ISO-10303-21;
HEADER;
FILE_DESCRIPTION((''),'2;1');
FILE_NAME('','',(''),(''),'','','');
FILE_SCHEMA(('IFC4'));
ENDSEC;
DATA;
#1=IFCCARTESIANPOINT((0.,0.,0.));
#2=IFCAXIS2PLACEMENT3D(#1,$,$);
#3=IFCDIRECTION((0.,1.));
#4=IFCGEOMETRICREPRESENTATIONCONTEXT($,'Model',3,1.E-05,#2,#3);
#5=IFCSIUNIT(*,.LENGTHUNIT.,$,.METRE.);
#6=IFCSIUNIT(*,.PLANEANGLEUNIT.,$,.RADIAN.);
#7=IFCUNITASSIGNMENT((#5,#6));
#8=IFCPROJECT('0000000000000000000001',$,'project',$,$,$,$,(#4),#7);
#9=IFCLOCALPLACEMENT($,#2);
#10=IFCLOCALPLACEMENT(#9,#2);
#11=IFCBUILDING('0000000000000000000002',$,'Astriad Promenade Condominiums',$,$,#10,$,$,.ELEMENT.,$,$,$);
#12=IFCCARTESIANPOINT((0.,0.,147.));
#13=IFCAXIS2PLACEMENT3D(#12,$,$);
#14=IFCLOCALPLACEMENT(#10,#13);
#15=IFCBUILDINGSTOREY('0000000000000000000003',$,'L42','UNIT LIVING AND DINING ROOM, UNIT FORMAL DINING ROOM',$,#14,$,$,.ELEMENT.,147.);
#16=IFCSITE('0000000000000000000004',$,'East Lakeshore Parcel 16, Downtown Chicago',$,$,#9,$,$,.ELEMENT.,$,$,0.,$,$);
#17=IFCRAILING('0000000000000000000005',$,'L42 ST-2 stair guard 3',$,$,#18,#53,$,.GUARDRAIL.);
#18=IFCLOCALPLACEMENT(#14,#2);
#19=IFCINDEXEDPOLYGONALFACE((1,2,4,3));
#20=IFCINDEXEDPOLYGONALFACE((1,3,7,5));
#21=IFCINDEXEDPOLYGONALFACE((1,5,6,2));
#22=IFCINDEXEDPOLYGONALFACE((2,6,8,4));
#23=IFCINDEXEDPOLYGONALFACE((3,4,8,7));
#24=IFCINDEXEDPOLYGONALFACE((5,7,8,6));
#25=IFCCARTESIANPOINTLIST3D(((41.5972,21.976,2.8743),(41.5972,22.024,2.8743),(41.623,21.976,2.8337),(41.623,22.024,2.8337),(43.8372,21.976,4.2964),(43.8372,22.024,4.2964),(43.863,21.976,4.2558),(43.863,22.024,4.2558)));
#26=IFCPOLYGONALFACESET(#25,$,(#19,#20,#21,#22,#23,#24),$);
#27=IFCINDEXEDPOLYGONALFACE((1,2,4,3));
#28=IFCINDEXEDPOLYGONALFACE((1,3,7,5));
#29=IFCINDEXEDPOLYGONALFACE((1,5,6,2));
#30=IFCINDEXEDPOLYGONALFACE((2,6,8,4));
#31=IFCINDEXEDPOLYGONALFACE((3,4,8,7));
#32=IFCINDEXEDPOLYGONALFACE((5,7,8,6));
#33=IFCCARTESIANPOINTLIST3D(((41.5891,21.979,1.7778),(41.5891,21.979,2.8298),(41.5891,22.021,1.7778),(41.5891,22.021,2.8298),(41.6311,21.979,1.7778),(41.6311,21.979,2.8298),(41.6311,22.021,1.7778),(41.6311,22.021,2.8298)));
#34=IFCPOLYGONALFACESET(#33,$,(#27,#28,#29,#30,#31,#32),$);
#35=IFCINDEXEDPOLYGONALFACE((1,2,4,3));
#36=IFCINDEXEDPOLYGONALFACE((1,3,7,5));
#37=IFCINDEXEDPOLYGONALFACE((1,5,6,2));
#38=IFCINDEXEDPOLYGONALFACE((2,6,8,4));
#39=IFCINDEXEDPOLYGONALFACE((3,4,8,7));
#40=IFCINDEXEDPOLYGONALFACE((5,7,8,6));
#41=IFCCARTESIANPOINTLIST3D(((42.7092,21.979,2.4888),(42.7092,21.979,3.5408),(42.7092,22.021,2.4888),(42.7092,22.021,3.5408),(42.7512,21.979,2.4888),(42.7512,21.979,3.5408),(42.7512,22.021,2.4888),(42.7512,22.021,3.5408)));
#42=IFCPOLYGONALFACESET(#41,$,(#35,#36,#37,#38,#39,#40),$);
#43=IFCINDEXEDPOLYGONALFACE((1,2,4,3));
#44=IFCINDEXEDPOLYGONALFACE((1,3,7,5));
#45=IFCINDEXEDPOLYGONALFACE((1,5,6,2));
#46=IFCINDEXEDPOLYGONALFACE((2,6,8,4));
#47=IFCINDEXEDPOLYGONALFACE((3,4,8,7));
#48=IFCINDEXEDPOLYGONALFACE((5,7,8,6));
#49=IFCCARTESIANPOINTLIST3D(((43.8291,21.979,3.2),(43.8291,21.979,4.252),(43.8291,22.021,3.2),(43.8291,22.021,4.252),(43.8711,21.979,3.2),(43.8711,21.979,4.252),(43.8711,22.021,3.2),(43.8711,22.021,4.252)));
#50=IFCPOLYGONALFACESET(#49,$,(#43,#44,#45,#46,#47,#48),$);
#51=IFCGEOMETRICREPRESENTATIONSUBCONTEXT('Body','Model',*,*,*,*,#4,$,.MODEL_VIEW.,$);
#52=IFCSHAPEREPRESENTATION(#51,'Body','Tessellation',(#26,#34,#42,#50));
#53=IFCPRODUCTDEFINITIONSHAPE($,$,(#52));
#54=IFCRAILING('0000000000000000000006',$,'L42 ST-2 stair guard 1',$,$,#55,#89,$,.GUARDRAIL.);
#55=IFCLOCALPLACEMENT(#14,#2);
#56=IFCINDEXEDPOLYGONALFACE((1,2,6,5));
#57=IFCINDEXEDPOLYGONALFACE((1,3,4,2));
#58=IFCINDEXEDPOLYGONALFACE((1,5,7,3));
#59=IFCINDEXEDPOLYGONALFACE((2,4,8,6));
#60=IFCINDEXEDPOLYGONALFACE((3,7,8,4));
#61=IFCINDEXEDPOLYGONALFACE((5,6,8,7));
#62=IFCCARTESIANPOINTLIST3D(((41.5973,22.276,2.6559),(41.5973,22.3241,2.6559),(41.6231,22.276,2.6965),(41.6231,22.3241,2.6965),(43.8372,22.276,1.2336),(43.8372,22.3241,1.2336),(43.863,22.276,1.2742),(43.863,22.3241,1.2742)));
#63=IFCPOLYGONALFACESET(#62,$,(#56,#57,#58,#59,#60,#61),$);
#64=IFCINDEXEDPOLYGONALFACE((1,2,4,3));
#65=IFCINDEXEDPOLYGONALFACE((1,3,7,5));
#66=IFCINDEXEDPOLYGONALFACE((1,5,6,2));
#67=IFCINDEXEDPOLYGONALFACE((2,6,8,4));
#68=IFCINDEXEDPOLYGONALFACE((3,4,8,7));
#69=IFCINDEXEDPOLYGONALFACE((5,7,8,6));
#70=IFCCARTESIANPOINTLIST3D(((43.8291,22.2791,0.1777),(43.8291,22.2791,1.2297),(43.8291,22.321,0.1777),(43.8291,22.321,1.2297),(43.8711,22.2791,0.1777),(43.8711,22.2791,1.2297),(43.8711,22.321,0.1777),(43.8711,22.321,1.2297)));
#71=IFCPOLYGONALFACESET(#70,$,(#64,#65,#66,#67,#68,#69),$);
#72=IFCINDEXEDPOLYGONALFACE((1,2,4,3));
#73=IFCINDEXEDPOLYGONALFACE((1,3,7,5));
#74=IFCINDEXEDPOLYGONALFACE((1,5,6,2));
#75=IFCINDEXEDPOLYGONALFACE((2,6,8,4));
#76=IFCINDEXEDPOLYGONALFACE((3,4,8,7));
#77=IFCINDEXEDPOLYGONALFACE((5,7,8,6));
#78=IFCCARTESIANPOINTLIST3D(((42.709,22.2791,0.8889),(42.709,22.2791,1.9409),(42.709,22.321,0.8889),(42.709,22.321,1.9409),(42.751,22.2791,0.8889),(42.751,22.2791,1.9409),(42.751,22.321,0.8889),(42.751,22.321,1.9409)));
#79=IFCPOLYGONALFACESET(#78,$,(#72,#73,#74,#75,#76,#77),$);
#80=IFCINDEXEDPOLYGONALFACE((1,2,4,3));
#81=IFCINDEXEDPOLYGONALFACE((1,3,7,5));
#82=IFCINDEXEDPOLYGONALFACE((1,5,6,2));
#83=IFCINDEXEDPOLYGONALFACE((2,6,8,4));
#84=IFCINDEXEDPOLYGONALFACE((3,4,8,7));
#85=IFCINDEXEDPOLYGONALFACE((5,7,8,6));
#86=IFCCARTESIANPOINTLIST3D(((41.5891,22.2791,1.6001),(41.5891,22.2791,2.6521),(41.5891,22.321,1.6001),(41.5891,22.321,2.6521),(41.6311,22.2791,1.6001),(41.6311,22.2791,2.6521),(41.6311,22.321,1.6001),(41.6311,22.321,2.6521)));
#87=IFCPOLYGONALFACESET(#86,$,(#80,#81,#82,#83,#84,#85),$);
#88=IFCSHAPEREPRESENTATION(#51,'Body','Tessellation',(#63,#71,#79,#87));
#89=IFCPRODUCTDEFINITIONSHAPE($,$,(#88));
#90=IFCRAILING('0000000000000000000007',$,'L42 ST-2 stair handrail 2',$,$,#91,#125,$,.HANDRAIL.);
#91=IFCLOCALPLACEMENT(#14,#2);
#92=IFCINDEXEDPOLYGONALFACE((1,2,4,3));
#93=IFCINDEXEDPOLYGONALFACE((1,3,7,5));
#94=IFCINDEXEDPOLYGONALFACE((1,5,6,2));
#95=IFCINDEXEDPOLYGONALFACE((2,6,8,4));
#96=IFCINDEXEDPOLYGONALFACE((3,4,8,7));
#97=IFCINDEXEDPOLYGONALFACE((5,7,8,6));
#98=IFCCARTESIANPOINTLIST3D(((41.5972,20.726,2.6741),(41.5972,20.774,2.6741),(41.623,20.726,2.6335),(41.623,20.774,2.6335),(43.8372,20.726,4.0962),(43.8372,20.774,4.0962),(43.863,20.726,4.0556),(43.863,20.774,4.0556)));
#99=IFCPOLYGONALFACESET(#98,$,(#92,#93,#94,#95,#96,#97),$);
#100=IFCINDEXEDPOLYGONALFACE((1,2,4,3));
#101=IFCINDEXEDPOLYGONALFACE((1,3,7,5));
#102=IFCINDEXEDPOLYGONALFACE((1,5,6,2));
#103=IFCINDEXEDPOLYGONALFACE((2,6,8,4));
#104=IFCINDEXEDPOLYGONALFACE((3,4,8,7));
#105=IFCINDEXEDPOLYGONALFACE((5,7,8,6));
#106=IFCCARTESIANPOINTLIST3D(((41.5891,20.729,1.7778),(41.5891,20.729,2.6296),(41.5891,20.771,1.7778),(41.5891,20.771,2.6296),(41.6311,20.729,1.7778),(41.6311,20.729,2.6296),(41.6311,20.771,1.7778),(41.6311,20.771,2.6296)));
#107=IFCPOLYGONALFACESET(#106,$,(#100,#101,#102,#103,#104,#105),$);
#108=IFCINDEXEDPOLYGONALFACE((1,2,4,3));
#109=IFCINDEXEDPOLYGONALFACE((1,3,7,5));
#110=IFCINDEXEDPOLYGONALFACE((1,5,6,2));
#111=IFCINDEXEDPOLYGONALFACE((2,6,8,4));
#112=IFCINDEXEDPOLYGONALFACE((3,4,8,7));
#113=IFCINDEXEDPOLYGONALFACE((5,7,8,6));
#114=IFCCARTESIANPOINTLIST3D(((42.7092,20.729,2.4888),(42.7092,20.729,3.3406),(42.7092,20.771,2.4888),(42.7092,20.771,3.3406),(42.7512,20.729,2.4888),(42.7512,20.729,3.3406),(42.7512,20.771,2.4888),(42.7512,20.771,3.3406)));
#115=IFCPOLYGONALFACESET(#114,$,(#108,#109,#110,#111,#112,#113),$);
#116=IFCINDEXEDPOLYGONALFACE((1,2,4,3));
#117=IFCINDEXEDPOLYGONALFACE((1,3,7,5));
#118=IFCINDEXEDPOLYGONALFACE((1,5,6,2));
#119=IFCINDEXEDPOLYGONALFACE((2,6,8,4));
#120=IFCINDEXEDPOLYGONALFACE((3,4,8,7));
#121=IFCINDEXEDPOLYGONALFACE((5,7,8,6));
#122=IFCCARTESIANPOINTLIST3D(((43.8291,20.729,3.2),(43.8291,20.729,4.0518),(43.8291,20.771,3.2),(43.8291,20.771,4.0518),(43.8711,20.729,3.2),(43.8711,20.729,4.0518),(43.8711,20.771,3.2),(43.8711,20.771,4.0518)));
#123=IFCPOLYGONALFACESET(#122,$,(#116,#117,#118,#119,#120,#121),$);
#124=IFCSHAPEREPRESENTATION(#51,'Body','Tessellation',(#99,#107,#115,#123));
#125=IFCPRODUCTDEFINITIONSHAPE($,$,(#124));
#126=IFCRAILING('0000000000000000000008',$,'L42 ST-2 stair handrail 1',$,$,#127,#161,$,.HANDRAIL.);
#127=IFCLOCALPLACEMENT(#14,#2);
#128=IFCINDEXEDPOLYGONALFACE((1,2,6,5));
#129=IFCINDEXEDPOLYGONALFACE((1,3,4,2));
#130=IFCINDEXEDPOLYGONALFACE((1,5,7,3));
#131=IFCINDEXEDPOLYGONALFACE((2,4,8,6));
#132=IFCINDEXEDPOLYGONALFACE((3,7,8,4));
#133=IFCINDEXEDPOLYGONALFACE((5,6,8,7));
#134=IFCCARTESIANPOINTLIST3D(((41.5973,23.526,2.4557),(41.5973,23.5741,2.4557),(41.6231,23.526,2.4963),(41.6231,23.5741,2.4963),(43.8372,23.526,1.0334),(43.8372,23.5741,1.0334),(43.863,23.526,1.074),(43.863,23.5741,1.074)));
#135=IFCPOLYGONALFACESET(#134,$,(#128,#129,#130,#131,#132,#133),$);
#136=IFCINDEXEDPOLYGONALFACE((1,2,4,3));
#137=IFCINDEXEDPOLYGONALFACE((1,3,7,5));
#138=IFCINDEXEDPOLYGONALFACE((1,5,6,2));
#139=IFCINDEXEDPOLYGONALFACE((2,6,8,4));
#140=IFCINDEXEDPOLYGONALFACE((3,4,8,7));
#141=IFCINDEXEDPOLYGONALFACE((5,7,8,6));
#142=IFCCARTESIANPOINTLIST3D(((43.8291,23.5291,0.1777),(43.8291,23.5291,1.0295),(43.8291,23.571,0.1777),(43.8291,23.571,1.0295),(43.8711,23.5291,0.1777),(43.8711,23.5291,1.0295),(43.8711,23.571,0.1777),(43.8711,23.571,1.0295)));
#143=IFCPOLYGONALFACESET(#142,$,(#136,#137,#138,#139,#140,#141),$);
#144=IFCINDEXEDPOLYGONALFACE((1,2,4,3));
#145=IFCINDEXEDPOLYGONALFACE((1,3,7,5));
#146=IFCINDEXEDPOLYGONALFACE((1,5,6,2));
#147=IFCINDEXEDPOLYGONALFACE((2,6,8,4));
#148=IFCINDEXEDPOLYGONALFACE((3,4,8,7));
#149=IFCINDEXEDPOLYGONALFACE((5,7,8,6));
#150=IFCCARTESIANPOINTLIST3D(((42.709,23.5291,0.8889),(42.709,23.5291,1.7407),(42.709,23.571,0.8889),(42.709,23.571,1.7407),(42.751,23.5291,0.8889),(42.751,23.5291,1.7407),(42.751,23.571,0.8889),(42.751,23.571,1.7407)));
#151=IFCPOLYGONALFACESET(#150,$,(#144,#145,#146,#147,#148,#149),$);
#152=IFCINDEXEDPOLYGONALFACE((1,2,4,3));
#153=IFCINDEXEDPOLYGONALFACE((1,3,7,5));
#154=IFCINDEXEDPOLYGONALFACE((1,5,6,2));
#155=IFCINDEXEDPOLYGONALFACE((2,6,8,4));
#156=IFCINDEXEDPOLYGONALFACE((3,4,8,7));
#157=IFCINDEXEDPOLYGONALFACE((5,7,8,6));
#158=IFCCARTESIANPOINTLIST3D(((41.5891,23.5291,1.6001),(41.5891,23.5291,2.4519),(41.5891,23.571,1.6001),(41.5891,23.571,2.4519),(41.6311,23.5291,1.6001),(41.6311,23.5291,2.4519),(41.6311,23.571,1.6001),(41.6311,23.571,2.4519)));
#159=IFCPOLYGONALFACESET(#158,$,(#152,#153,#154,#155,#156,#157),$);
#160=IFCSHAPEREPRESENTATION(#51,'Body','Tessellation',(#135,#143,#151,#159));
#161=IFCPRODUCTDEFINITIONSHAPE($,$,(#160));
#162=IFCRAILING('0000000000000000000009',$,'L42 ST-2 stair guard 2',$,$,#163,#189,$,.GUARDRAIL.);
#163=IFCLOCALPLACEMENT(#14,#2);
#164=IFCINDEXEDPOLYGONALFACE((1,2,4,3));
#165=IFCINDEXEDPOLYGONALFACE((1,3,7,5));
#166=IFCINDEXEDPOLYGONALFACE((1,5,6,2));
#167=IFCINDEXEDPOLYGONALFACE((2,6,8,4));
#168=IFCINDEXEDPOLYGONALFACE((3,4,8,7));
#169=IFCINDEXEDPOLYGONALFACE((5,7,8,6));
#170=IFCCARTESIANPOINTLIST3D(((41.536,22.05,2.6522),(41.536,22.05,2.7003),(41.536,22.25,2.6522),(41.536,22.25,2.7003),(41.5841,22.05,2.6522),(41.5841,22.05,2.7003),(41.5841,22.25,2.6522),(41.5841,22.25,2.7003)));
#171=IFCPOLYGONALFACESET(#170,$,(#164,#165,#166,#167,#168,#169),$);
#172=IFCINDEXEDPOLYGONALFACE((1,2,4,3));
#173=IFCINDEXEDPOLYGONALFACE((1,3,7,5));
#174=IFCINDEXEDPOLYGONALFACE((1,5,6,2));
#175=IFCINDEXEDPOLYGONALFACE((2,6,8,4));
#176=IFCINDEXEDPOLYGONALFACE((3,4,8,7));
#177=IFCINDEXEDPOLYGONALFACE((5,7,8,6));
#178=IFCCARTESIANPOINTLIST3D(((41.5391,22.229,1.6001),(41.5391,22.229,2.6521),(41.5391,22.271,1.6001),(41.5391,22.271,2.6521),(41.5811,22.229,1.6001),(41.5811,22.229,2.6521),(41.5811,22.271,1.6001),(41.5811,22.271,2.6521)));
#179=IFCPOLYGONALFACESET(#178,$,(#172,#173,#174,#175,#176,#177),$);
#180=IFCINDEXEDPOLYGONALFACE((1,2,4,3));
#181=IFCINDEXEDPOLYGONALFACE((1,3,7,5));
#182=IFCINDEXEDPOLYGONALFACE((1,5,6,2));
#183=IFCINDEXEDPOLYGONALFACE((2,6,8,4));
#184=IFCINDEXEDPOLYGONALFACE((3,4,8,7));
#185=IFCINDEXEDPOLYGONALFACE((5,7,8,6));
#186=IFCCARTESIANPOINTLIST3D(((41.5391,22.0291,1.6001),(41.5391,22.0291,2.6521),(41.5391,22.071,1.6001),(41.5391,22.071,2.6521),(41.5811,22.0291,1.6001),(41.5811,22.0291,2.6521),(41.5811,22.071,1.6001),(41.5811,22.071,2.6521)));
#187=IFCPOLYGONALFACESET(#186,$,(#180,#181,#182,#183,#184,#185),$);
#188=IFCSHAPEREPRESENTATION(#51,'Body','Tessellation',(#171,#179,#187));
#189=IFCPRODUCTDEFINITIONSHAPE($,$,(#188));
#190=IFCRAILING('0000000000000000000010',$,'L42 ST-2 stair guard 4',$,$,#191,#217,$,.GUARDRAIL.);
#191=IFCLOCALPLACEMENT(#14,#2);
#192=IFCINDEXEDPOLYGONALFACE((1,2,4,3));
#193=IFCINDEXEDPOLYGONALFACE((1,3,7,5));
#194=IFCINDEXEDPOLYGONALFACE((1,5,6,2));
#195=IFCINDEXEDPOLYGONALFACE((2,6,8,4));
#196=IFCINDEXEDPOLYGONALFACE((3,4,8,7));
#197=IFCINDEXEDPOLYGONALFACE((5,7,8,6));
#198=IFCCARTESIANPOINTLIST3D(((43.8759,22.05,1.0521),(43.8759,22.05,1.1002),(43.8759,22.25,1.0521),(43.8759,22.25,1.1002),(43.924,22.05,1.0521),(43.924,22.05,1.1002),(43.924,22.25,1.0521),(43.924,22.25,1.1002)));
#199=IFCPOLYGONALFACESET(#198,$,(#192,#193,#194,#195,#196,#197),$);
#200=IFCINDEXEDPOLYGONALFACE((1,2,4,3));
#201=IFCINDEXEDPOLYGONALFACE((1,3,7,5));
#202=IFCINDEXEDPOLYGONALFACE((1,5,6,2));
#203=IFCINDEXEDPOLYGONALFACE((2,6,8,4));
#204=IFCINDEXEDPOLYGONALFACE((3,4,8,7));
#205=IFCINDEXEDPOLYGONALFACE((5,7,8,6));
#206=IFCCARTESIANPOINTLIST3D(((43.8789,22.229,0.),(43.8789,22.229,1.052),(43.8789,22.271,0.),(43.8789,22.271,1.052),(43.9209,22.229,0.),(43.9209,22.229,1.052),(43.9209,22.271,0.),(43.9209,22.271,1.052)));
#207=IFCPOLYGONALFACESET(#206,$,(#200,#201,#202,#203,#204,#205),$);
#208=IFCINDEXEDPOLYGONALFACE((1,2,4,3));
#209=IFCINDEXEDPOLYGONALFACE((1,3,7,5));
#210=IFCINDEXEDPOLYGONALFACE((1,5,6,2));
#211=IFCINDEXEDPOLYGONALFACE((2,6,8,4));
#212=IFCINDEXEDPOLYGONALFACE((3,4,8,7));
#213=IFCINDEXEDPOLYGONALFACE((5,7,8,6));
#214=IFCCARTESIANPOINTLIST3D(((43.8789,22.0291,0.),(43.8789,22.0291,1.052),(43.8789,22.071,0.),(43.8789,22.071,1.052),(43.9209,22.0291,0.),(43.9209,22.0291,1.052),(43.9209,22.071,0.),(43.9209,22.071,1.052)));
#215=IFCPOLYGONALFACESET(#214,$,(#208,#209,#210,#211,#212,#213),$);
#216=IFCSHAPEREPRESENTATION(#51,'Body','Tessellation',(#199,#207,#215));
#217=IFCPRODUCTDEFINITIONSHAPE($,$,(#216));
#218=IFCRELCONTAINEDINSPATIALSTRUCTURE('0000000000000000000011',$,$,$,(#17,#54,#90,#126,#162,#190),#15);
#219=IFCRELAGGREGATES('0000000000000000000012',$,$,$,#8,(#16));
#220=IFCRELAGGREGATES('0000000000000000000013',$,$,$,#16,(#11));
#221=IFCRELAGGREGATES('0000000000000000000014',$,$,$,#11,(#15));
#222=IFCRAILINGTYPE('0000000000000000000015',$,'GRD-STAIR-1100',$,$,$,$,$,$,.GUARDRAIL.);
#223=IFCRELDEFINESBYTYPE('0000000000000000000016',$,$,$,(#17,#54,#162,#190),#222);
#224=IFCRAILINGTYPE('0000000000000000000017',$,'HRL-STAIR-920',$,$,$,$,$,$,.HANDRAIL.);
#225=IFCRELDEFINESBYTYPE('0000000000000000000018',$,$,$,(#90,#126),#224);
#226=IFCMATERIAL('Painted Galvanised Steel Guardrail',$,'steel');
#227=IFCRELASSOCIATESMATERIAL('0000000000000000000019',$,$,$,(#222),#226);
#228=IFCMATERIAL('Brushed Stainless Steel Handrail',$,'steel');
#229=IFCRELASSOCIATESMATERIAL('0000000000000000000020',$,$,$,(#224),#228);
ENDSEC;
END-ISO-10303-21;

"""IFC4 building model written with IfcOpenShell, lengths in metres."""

from ifc_helpers import new_model, si_unit, direction, frame, origin, origin_2d, place, context, subcontext, project, spatial, rectangle, extrude, source, transform, mapped, material, type_object, type_shapes, element, save


model = new_model("IFC4")

# Units and contexts
model_context = context("Model", 3, precision=1e-05, world=origin(), true_north=direction((0.0, 1.0)))
body_context = subcontext(model_context, "Body", "Model", "MODEL_VIEW")
ifc_project = project(units=[si_unit("LENGTHUNIT", "METRE"), si_unit("PLANEANGLEUNIT", "RADIAN")], contexts=[model_context])

# Site, building, storey
site_placement = place(None, origin())
site = spatial("IfcSite", under=ifc_project, at=site_placement, Name="East Lakeshore Parcel 16, Downtown Chicago", CompositionType="ELEMENT", RefElevation=0.0)
building_placement = place(site_placement, origin())
building = spatial("IfcBuilding", under=site, at=building_placement, Name="Astriad Promenade Condominiums", CompositionType="ELEMENT")
storey_placement = place(building_placement, frame((0.0, 0.0, 147.0)))
storey = spatial("IfcBuildingStorey", under=building, at=storey_placement, Name="L42", Description="UNIT LIVING AND DINING ROOM, UNIT FORMAL DINING ROOM", CompositionType="ELEMENT", Elevation=147.0)

# Railings
ifc_material_1 = material(Name="Painted Galvanised Steel Guardrail", Category="steel")
railing_type_1 = type_object("IfcRailingType", Name="GRD-STAIR-1100", PredefinedType="GUARDRAIL", material=ifc_material_1)
shared_shape_1 = source(origin(), body_context, "Body", "SweptSolid", [
    extrude(rectangle(XDim=0.0481, YDim=0.0481, at=origin_2d()), frame((0.0, 0.0, 1.0762), z_axis=(0.844229, 0.0, 0.535982), x_axis=(0.0, 1.0, 0.0)), (0.0, 0.0, 1.0), 2.6533),
    extrude(rectangle(XDim=0.042, YDim=0.042, at=origin_2d()), origin(), (0.0, 0.0, 1.0), 1.052),
    extrude(rectangle(XDim=0.042, YDim=0.042, at=origin_2d()), frame((1.1201, 0.0, 0.7109)), (0.0, 0.0, 1.0), 1.052),
    extrude(rectangle(XDim=0.042, YDim=0.042, at=origin_2d()), frame((2.24, 0.0, 1.4221)), (0.0, 0.0, 1.0), 1.052),
])
railing_1_placement = place(storey_placement, frame((41.6101, 22.0, 1.7778)))
element("IfcRailing", 1, at=railing_1_placement, inside=storey, type_object=railing_type_1, Name="L42 ST-2 stair guard 3", PredefinedType="GUARDRAIL", context=body_context, shape_type="MappedRepresentation", body=[
    mapped(shared_shape_1, transform((0.0, 0.0, 0.0), scale=1.0)),
])
shared_shape_2 = source(origin(), body_context, "Body", "SweptSolid", [
    extrude(rectangle(XDim=0.0481, YDim=0.0481, at=origin_2d()), frame((0.0, 0.0, 1.0762), z_axis=(-0.844188, 0.0, 0.536048), x_axis=(0.0, -1.0, 0.0)), (0.0, 0.0, 1.0), 2.6533),
    extrude(rectangle(XDim=0.042, YDim=0.042, at=origin_2d()), origin(), (0.0, 0.0, 1.0), 1.052),
    extrude(rectangle(XDim=0.042, YDim=0.042, at=origin_2d()), frame((-1.1201, 0.0, 0.7112)), (0.0, 0.0, 1.0), 1.052),
    extrude(rectangle(XDim=0.042, YDim=0.042, at=origin_2d()), frame((-2.24, 0.0, 1.4224)), (0.0, 0.0, 1.0), 1.052),
])
railing_2_placement = place(storey_placement, frame((43.8501, 22.3, 0.1777)))
element("IfcRailing", 2, at=railing_2_placement, inside=storey, type_object=railing_type_1, Name="L42 ST-2 stair guard 1", PredefinedType="GUARDRAIL", context=body_context, shape_type="MappedRepresentation", body=[
    mapped(shared_shape_2, transform((0.0, 0.0, 0.0), scale=1.0)),
])
ifc_material_2 = material(Name="Brushed Stainless Steel Handrail", Category="steel")
railing_type_2 = type_object("IfcRailingType", Name="HRL-STAIR-920", PredefinedType="HANDRAIL", material=ifc_material_2)
shared_shape_3 = source(origin(), body_context, "Body", "SweptSolid", [
    extrude(rectangle(XDim=0.0481, YDim=0.0481, at=origin_2d()), frame((0.0, 0.0, 0.876), z_axis=(0.844229, 0.0, 0.535982), x_axis=(0.0, 1.0, 0.0)), (0.0, 0.0, 1.0), 2.6533),
    extrude(rectangle(XDim=0.042, YDim=0.042, at=origin_2d()), origin(), (0.0, 0.0, 1.0), 0.8518),
    extrude(rectangle(XDim=0.042, YDim=0.042, at=origin_2d()), frame((1.1201, 0.0, 0.7109)), (0.0, 0.0, 1.0), 0.8518),
    extrude(rectangle(XDim=0.042, YDim=0.042, at=origin_2d()), frame((2.24, 0.0, 1.4221)), (0.0, 0.0, 1.0), 0.8518),
])
railing_3_placement = place(storey_placement, frame((41.6101, 20.75, 1.7778)))
element("IfcRailing", 3, at=railing_3_placement, inside=storey, type_object=railing_type_2, Name="L42 ST-2 stair handrail 2", PredefinedType="HANDRAIL", context=body_context, shape_type="MappedRepresentation", body=[
    mapped(shared_shape_3, transform((0.0, 0.0, 0.0), scale=1.0)),
])
shared_shape_4 = source(origin(), body_context, "Body", "SweptSolid", [
    extrude(rectangle(XDim=0.0481, YDim=0.0481, at=origin_2d()), frame((0.0, 0.0, 0.876), z_axis=(-0.844188, 0.0, 0.536048), x_axis=(0.0, -1.0, 0.0)), (0.0, 0.0, 1.0), 2.6533),
    extrude(rectangle(XDim=0.042, YDim=0.042, at=origin_2d()), origin(), (0.0, 0.0, 1.0), 0.8518),
    extrude(rectangle(XDim=0.042, YDim=0.042, at=origin_2d()), frame((-1.1201, 0.0, 0.7112)), (0.0, 0.0, 1.0), 0.8518),
    extrude(rectangle(XDim=0.042, YDim=0.042, at=origin_2d()), frame((-2.24, 0.0, 1.4224)), (0.0, 0.0, 1.0), 0.8518),
])
type_shapes(railing_type_2, [shared_shape_3, shared_shape_4])
railing_4_placement = place(storey_placement, frame((43.8501, 23.55, 0.1777)))
element("IfcRailing", 4, at=railing_4_placement, inside=storey, type_object=railing_type_2, Name="L42 ST-2 stair handrail 1", PredefinedType="HANDRAIL", context=body_context, shape_type="MappedRepresentation", body=[
    mapped(shared_shape_4, transform((0.0, 0.0, 0.0), scale=1.0)),
])
shared_shape_5 = source(origin(), body_context, "Body", "SweptSolid", [
    extrude(rectangle(XDim=0.0481, YDim=0.0481, at=origin_2d()), frame((0.0, 0.0, 1.0762), z_axis=(0.0, -1.0, 0.0), x_axis=(1.0, 0.0, 0.0)), (0.0, 0.0, 1.0), 0.2),
    extrude(rectangle(XDim=0.042, YDim=0.042, at=origin_2d()), origin(), (0.0, 0.0, 1.0), 1.052),
    extrude(rectangle(XDim=0.042, YDim=0.042, at=origin_2d()), frame((0.0, -0.2, 0.0)), (0.0, 0.0, 1.0), 1.052),
])
type_shapes(railing_type_1, [shared_shape_1, shared_shape_2, shared_shape_5])
for number, where, name in (
    (5, (41.5601, 22.25, 1.6001), "L42 ST-2 stair guard 2"),
    (6, (43.8999, 22.25, 0.0), "L42 ST-2 stair guard 4"),
):
    element("IfcRailing", number, at=place(storey_placement, frame(where)), inside=storey, type_object=railing_type_1, Name=name, PredefinedType="GUARDRAIL", context=body_context, shape_type="MappedRepresentation", body=[
        mapped(shared_shape_5, transform((0.0, 0.0, 0.0), scale=1.0)),
    ])

save(model, "model.ifc")
